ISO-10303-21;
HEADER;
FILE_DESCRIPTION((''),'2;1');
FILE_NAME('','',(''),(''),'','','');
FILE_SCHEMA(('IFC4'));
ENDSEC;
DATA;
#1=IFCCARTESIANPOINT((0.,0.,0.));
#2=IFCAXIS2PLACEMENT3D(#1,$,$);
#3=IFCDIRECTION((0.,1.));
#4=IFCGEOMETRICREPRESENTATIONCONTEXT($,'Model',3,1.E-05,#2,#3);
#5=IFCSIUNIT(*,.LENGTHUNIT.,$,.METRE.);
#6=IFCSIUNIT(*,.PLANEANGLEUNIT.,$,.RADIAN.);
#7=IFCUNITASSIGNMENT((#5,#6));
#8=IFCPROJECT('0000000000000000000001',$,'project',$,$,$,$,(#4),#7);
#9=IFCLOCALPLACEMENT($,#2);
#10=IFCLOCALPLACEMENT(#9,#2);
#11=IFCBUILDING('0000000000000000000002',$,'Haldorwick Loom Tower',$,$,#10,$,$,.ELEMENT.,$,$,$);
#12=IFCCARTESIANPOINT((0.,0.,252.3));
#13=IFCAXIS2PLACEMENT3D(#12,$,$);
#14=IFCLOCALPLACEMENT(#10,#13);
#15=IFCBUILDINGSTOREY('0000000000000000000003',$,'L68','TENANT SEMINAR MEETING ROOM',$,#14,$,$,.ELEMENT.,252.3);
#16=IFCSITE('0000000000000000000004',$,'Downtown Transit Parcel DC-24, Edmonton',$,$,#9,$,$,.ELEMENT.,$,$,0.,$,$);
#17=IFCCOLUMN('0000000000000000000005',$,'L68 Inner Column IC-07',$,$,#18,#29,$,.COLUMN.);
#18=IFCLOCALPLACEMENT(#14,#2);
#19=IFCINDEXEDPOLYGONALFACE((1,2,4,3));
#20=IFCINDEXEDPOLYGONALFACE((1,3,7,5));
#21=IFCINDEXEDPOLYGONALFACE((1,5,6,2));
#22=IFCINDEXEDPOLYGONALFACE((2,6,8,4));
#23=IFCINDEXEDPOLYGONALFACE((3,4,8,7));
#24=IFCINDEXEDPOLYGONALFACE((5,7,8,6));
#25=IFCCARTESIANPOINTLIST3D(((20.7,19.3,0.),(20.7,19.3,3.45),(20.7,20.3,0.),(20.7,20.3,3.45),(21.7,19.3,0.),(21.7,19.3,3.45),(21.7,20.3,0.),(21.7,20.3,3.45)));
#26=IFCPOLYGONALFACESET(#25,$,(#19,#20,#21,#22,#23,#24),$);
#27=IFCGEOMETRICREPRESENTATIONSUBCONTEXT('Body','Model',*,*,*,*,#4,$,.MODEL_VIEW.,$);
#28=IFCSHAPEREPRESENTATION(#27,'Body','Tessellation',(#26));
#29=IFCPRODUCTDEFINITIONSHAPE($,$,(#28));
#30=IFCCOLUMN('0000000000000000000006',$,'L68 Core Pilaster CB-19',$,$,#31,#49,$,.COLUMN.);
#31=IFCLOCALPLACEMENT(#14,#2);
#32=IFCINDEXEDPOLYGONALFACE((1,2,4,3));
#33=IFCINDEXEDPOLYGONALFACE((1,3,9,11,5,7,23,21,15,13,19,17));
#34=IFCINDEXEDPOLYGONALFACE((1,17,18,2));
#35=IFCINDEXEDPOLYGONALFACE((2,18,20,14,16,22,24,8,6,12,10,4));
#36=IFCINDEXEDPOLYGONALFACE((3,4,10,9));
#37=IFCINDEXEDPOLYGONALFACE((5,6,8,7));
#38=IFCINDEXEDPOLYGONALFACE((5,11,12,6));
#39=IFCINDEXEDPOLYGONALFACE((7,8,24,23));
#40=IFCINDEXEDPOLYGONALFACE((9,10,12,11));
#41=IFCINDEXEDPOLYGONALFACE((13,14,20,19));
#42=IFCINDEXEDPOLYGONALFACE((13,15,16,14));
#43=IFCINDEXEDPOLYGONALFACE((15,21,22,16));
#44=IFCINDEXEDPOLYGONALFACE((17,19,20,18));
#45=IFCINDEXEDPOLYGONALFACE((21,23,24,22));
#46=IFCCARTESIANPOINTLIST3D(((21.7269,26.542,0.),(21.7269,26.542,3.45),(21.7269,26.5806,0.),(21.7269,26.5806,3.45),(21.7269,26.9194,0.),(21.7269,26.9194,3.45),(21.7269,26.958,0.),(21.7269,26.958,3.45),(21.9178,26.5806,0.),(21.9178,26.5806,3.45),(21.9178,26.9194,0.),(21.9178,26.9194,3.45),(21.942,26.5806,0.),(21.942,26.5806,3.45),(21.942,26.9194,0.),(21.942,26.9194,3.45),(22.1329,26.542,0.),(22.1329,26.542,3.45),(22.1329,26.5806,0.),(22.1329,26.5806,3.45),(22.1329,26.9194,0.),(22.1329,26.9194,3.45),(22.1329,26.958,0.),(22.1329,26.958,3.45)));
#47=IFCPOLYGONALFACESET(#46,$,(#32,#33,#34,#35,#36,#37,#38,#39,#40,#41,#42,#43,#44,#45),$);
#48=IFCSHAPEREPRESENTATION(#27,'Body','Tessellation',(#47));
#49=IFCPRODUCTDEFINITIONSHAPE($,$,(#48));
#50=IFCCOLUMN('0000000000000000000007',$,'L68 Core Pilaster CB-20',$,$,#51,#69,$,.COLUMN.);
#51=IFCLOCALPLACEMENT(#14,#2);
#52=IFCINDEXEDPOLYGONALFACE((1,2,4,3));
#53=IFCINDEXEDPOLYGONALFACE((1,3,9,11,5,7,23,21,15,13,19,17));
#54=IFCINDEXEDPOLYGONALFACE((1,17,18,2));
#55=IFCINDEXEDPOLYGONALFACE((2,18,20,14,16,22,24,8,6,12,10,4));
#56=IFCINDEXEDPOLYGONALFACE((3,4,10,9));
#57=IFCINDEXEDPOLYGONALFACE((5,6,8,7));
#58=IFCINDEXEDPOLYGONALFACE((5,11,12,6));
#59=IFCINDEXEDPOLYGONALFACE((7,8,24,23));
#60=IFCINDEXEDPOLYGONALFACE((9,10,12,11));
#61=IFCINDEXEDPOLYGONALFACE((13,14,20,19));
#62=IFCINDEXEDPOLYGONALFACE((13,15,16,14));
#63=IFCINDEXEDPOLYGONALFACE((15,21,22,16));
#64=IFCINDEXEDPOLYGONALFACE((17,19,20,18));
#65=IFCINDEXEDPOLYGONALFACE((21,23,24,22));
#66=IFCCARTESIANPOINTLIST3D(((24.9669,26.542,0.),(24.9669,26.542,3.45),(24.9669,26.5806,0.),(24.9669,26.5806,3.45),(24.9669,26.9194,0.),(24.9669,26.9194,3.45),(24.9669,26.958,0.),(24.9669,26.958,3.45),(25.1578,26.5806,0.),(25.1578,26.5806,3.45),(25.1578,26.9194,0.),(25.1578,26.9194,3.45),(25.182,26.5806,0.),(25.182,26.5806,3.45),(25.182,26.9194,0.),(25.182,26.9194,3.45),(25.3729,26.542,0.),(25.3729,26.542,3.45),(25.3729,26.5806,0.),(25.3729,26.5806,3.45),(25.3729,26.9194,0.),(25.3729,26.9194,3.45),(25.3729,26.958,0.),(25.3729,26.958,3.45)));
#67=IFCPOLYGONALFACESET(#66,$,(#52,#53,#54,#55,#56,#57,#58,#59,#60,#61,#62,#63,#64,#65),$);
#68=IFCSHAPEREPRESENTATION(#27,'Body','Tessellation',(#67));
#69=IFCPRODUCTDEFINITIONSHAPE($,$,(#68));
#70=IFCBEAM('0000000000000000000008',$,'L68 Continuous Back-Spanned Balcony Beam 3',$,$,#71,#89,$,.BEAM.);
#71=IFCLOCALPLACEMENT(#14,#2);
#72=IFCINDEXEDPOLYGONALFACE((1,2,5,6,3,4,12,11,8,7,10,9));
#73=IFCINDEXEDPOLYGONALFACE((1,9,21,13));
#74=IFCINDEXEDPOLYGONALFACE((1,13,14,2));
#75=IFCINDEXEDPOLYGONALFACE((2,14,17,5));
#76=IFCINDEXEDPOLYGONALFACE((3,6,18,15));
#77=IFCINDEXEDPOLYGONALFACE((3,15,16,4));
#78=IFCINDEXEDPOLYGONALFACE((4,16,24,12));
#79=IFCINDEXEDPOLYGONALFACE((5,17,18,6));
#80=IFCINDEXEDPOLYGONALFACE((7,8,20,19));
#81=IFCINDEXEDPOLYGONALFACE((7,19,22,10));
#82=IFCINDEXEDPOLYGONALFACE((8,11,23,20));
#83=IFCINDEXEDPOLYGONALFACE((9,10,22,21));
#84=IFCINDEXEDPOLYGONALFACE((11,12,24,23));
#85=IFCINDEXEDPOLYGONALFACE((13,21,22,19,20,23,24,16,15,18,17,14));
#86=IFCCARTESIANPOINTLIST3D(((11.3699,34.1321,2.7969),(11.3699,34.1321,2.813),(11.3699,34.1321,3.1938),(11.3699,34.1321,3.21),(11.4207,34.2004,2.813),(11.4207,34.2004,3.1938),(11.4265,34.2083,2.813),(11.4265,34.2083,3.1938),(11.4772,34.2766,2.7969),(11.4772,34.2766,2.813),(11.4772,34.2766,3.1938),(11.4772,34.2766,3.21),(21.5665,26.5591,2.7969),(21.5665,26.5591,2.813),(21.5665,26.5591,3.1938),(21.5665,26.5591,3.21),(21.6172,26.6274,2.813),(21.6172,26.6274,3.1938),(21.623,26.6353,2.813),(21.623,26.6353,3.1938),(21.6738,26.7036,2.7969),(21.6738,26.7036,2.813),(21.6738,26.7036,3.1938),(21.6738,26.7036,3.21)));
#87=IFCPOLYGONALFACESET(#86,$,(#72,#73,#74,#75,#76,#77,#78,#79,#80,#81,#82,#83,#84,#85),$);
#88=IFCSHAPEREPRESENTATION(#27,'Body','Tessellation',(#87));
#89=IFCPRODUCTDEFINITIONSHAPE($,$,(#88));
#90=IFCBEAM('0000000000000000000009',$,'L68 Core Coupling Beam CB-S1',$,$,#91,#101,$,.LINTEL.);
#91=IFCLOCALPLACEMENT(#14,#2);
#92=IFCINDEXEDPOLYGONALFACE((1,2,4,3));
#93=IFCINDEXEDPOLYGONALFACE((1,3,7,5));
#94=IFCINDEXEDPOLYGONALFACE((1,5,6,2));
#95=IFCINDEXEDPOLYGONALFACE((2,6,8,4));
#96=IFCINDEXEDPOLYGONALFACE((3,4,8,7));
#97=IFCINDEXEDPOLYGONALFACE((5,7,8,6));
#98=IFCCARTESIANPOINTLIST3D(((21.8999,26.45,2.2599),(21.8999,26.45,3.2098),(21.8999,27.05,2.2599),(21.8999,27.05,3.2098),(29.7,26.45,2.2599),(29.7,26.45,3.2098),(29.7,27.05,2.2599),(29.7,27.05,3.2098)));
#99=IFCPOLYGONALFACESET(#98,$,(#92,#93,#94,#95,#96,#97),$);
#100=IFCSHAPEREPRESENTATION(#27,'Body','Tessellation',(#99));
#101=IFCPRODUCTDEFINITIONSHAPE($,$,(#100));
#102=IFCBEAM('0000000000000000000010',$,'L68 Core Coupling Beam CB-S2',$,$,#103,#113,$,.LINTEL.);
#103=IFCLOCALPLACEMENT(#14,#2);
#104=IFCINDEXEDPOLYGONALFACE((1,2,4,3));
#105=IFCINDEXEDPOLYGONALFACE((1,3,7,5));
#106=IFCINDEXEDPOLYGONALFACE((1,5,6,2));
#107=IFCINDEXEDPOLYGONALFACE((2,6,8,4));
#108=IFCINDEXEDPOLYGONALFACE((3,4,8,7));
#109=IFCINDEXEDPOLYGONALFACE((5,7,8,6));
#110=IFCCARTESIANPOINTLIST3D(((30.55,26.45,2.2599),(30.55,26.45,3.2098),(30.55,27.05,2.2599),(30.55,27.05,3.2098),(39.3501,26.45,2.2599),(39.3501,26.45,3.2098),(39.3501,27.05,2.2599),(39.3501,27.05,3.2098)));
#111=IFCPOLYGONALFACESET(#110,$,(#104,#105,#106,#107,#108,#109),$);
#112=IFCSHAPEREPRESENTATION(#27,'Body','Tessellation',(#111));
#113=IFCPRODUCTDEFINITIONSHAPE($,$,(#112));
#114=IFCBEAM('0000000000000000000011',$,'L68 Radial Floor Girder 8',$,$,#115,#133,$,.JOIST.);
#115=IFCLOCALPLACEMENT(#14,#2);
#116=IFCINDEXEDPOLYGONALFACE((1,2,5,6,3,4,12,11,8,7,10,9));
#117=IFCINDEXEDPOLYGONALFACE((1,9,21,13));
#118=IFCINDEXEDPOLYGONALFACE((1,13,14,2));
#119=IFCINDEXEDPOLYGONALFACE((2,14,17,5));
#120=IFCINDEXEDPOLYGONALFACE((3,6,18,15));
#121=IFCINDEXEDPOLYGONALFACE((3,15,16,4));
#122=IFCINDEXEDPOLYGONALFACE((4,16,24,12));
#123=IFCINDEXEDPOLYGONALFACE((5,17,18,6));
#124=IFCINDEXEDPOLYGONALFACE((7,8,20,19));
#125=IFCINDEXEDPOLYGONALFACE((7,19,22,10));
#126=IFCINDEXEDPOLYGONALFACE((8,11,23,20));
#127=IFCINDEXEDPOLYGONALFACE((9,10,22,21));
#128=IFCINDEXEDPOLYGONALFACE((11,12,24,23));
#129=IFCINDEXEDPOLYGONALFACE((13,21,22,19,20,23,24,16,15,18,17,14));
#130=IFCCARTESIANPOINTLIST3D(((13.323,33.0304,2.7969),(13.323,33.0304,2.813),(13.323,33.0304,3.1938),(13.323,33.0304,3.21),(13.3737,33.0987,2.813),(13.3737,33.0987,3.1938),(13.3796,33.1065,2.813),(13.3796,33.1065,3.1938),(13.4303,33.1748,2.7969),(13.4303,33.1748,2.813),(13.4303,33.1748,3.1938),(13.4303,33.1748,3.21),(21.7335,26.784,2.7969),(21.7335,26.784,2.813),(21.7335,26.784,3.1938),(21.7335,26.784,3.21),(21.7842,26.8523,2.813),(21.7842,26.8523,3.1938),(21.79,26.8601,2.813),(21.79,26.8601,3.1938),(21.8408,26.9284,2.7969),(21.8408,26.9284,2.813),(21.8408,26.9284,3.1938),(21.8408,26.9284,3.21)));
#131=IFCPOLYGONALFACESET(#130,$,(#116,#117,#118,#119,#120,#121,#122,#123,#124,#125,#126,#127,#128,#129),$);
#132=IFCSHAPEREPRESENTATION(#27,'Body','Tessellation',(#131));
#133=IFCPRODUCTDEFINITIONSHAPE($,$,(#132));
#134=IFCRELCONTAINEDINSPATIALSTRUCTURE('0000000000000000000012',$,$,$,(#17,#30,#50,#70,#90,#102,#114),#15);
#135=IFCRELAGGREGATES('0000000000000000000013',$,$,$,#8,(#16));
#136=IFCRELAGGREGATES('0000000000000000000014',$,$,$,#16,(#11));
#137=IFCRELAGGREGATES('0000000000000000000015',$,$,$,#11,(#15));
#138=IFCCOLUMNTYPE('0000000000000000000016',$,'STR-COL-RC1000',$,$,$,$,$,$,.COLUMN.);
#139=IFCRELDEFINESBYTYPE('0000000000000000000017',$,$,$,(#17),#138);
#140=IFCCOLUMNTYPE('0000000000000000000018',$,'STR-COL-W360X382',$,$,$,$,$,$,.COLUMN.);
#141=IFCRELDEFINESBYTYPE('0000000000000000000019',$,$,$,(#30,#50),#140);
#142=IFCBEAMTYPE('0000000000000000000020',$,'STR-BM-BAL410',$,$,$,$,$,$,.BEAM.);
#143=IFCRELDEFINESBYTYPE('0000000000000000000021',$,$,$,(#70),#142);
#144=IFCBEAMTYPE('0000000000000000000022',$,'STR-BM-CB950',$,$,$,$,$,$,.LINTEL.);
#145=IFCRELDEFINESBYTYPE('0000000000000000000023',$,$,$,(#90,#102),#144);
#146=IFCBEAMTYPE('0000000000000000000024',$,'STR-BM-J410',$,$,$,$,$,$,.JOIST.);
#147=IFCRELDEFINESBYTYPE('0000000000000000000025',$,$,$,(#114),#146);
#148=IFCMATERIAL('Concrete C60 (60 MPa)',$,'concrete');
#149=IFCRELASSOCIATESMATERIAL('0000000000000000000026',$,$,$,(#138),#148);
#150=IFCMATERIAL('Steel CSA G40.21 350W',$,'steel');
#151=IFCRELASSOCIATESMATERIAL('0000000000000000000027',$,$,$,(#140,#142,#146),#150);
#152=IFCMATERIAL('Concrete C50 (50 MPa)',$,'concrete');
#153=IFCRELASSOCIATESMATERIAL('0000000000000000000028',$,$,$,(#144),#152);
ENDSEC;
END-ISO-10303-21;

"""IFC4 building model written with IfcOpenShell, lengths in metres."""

from ifc_helpers import new_model, si_unit, direction, frame, origin, origin_2d, place, context, subcontext, project, spatial, rectangle, i_section, extrude, material, material_profile, profile_set, type_object, element, save


model = new_model("IFC4")

# Units and contexts
model_context = context("Model", 3, precision=1e-05, world=origin(), true_north=direction((0.0, 1.0)))
body_context = subcontext(model_context, "Body", "Model", "MODEL_VIEW")
ifc_project = project(units=[si_unit("LENGTHUNIT", "METRE"), si_unit("PLANEANGLEUNIT", "RADIAN")], contexts=[model_context])

# Site, building, storey
site_placement = place(None, origin())
site = spatial("IfcSite", under=ifc_project, at=site_placement, Name="Downtown Transit Parcel DC-24, Edmonton", CompositionType="ELEMENT", RefElevation=0.0)
building_placement = place(site_placement, origin())
building = spatial("IfcBuilding", under=site, at=building_placement, Name="Haldorwick Loom Tower", CompositionType="ELEMENT")
storey_placement = place(building_placement, frame((0.0, 0.0, 252.3)))
storey = spatial("IfcBuildingStorey", under=building, at=storey_placement, Name="L68", Description="TENANT SEMINAR MEETING ROOM", CompositionType="ELEMENT", Elevation=252.3)

# Columns
ifc_material_1 = material(Name="Concrete C60 (60 MPa)", Category="concrete")
ifc_material_profile_1 = material_profile(ifc_material_1, rectangle(XDim=1.0, YDim=1.0, at=origin_2d()), Name="RC1000X1000", Category="concrete")
ifc_profile_set_1 = profile_set([ifc_material_profile_1], Name="Concrete C60 (60 MPa)")
column_type_1 = type_object("IfcColumnType", Name="STR-COL-RC1000", PredefinedType="COLUMN", material=ifc_profile_set_1)
column_placement = place(storey_placement, frame((21.2, 19.8, 0.0), z_axis=(0.0, 0.0, 1.0), x_axis=(1.0, 0.0, 0.0)))
element("IfcColumn", 1, at=column_placement, inside=storey, type_object=column_type_1, Name="L68 Inner Column IC-07", PredefinedType="COLUMN", context=body_context, shape_type="SweptSolid", body=[
    extrude(rectangle(XDim=1.0, YDim=1.0, at=origin_2d()), origin(), (0.0, 0.0, 1.0), 3.45),
])
ifc_material_2 = material(Name="Steel CSA G40.21 350W", Category="steel")
ifc_material_profile_2 = material_profile(ifc_material_2, i_section(OverallWidth=0.406, OverallDepth=0.416, WebThickness=0.0242, FlangeThickness=0.0386, at=origin_2d()), Name="W360X382", Category="steel")
ifc_profile_set_2 = profile_set([ifc_material_profile_2], Name="Steel CSA G40.21 350W")
column_type_2 = type_object("IfcColumnType", Name="STR-COL-W360X382", PredefinedType="COLUMN", material=ifc_profile_set_2)
for number, where, z_axis, x_axis, name in (
    (2, (21.9299, 26.75, 0.0), (0.0, 0.0, 1.0), (1.0, 0.0, 0.0), "L68 Core Pilaster CB-19"),
    (3, (25.1699, 26.75, 0.0), (0.0, 0.0, 1.0), (1.0, 0.0, 0.0), "L68 Core Pilaster CB-20"),
):
    element("IfcColumn", number, at=place(storey_placement, frame(where, z_axis=z_axis, x_axis=x_axis)), inside=storey, type_object=column_type_2, Name=name, PredefinedType="COLUMN", context=body_context, shape_type="SweptSolid", body=[
        extrude(i_section(OverallWidth=0.406, OverallDepth=0.416, WebThickness=0.0242, FlangeThickness=0.0386, at=origin_2d()), origin(), (0.0, 0.0, 1.0), 3.45),
    ])

# Beams
ifc_material_profile_3 = material_profile(ifc_material_2, i_section(OverallWidth=0.1799, OverallDepth=0.4131, WebThickness=0.0098, FlangeThickness=0.0161, at=origin_2d()), Name="W410X74", Category="steel")
ifc_profile_set_3 = profile_set([ifc_material_profile_3], Name="Steel CSA G40.21 350W")
beam_type_1 = type_object("IfcBeamType", Name="STR-BM-BAL410", PredefinedType="BEAM", material=ifc_profile_set_3)
beam_1_placement = place(storey_placement, frame((21.6201, 26.6313, 3.0034), z_axis=(-0.802803, 0.596244, 0.0), x_axis=(-0.596244, -0.802803, 0.0)))
element("IfcBeam", 4, at=beam_1_placement, inside=storey, type_object=beam_type_1, Name="L68 Continuous Back-Spanned Balcony Beam 3", PredefinedType="BEAM", context=body_context, shape_type="SweptSolid", body=[
    extrude(i_section(OverallWidth=0.1799, OverallDepth=0.4131, WebThickness=0.0098, FlangeThickness=0.0161, at=origin_2d()), origin(), (0.0, 0.0, 1.0), 12.7012),
])
ifc_material_3 = material(Name="Concrete C50 (50 MPa)", Category="concrete")
ifc_material_profile_4 = material_profile(ifc_material_3, rectangle(XDim=0.6001, YDim=0.95, at=origin_2d()), Name="RC600X950", Category="concrete")
ifc_profile_set_4 = profile_set([ifc_material_profile_4], Name="Concrete C50 (50 MPa)")
beam_type_2 = type_object("IfcBeamType", Name="STR-BM-CB950", PredefinedType="LINTEL", material=ifc_profile_set_4)
beam_2_placement = place(storey_placement, frame((21.8999, 26.75, 2.7349), z_axis=(1.0, 0.0, 0.0), x_axis=(0.0, 1.0, 0.0)))
element("IfcBeam", 5, at=beam_2_placement, inside=storey, type_object=beam_type_2, Name="L68 Core Coupling Beam CB-S1", PredefinedType="LINTEL", context=body_context, shape_type="SweptSolid", body=[
    extrude(rectangle(XDim=0.6001, YDim=0.95, at=origin_2d()), origin(), (0.0, 0.0, 1.0), 7.8),
])
beam_3_placement = place(storey_placement, frame((30.55, 26.75, 2.7349), z_axis=(1.0, 0.0, 0.0), x_axis=(0.0, 1.0, 0.0)))
element("IfcBeam", 6, at=beam_3_placement, inside=storey, type_object=beam_type_2, Name="L68 Core Coupling Beam CB-S2", PredefinedType="LINTEL", context=body_context, shape_type="SweptSolid", body=[
    extrude(rectangle(XDim=0.6001, YDim=0.95, at=origin_2d()), origin(), (0.0, 0.0, 1.0), 8.8),
])
ifc_material_profile_5 = material_profile(ifc_material_2, i_section(OverallWidth=0.1799, OverallDepth=0.4131, WebThickness=0.0098, FlangeThickness=0.0161, at=origin_2d()), Name="W410X74", Category="steel")
ifc_profile_set_5 = profile_set([ifc_material_profile_5], Name="Steel CSA G40.21 350W")
beam_type_3 = type_object("IfcBeamType", Name="STR-BM-J410", PredefinedType="JOIST", material=ifc_profile_set_5)
beam_4_placement = place(storey_placement, frame((21.7871, 26.8562, 3.0034), z_axis=(-0.802807, 0.596239, 0.0), x_axis=(-0.596239, -0.802807, 0.0)))
element("IfcBeam", 7, at=beam_4_placement, inside=storey, type_object=beam_type_3, Name="L68 Radial Floor Girder 8", PredefinedType="JOIST", context=body_context, shape_type="SweptSolid", body=[
    extrude(i_section(OverallWidth=0.1799, OverallDepth=0.4131, WebThickness=0.0098, FlangeThickness=0.0161, at=origin_2d()), origin(), (0.0, 0.0, 1.0), 10.4763),
])

save(model, "model.ifc")
